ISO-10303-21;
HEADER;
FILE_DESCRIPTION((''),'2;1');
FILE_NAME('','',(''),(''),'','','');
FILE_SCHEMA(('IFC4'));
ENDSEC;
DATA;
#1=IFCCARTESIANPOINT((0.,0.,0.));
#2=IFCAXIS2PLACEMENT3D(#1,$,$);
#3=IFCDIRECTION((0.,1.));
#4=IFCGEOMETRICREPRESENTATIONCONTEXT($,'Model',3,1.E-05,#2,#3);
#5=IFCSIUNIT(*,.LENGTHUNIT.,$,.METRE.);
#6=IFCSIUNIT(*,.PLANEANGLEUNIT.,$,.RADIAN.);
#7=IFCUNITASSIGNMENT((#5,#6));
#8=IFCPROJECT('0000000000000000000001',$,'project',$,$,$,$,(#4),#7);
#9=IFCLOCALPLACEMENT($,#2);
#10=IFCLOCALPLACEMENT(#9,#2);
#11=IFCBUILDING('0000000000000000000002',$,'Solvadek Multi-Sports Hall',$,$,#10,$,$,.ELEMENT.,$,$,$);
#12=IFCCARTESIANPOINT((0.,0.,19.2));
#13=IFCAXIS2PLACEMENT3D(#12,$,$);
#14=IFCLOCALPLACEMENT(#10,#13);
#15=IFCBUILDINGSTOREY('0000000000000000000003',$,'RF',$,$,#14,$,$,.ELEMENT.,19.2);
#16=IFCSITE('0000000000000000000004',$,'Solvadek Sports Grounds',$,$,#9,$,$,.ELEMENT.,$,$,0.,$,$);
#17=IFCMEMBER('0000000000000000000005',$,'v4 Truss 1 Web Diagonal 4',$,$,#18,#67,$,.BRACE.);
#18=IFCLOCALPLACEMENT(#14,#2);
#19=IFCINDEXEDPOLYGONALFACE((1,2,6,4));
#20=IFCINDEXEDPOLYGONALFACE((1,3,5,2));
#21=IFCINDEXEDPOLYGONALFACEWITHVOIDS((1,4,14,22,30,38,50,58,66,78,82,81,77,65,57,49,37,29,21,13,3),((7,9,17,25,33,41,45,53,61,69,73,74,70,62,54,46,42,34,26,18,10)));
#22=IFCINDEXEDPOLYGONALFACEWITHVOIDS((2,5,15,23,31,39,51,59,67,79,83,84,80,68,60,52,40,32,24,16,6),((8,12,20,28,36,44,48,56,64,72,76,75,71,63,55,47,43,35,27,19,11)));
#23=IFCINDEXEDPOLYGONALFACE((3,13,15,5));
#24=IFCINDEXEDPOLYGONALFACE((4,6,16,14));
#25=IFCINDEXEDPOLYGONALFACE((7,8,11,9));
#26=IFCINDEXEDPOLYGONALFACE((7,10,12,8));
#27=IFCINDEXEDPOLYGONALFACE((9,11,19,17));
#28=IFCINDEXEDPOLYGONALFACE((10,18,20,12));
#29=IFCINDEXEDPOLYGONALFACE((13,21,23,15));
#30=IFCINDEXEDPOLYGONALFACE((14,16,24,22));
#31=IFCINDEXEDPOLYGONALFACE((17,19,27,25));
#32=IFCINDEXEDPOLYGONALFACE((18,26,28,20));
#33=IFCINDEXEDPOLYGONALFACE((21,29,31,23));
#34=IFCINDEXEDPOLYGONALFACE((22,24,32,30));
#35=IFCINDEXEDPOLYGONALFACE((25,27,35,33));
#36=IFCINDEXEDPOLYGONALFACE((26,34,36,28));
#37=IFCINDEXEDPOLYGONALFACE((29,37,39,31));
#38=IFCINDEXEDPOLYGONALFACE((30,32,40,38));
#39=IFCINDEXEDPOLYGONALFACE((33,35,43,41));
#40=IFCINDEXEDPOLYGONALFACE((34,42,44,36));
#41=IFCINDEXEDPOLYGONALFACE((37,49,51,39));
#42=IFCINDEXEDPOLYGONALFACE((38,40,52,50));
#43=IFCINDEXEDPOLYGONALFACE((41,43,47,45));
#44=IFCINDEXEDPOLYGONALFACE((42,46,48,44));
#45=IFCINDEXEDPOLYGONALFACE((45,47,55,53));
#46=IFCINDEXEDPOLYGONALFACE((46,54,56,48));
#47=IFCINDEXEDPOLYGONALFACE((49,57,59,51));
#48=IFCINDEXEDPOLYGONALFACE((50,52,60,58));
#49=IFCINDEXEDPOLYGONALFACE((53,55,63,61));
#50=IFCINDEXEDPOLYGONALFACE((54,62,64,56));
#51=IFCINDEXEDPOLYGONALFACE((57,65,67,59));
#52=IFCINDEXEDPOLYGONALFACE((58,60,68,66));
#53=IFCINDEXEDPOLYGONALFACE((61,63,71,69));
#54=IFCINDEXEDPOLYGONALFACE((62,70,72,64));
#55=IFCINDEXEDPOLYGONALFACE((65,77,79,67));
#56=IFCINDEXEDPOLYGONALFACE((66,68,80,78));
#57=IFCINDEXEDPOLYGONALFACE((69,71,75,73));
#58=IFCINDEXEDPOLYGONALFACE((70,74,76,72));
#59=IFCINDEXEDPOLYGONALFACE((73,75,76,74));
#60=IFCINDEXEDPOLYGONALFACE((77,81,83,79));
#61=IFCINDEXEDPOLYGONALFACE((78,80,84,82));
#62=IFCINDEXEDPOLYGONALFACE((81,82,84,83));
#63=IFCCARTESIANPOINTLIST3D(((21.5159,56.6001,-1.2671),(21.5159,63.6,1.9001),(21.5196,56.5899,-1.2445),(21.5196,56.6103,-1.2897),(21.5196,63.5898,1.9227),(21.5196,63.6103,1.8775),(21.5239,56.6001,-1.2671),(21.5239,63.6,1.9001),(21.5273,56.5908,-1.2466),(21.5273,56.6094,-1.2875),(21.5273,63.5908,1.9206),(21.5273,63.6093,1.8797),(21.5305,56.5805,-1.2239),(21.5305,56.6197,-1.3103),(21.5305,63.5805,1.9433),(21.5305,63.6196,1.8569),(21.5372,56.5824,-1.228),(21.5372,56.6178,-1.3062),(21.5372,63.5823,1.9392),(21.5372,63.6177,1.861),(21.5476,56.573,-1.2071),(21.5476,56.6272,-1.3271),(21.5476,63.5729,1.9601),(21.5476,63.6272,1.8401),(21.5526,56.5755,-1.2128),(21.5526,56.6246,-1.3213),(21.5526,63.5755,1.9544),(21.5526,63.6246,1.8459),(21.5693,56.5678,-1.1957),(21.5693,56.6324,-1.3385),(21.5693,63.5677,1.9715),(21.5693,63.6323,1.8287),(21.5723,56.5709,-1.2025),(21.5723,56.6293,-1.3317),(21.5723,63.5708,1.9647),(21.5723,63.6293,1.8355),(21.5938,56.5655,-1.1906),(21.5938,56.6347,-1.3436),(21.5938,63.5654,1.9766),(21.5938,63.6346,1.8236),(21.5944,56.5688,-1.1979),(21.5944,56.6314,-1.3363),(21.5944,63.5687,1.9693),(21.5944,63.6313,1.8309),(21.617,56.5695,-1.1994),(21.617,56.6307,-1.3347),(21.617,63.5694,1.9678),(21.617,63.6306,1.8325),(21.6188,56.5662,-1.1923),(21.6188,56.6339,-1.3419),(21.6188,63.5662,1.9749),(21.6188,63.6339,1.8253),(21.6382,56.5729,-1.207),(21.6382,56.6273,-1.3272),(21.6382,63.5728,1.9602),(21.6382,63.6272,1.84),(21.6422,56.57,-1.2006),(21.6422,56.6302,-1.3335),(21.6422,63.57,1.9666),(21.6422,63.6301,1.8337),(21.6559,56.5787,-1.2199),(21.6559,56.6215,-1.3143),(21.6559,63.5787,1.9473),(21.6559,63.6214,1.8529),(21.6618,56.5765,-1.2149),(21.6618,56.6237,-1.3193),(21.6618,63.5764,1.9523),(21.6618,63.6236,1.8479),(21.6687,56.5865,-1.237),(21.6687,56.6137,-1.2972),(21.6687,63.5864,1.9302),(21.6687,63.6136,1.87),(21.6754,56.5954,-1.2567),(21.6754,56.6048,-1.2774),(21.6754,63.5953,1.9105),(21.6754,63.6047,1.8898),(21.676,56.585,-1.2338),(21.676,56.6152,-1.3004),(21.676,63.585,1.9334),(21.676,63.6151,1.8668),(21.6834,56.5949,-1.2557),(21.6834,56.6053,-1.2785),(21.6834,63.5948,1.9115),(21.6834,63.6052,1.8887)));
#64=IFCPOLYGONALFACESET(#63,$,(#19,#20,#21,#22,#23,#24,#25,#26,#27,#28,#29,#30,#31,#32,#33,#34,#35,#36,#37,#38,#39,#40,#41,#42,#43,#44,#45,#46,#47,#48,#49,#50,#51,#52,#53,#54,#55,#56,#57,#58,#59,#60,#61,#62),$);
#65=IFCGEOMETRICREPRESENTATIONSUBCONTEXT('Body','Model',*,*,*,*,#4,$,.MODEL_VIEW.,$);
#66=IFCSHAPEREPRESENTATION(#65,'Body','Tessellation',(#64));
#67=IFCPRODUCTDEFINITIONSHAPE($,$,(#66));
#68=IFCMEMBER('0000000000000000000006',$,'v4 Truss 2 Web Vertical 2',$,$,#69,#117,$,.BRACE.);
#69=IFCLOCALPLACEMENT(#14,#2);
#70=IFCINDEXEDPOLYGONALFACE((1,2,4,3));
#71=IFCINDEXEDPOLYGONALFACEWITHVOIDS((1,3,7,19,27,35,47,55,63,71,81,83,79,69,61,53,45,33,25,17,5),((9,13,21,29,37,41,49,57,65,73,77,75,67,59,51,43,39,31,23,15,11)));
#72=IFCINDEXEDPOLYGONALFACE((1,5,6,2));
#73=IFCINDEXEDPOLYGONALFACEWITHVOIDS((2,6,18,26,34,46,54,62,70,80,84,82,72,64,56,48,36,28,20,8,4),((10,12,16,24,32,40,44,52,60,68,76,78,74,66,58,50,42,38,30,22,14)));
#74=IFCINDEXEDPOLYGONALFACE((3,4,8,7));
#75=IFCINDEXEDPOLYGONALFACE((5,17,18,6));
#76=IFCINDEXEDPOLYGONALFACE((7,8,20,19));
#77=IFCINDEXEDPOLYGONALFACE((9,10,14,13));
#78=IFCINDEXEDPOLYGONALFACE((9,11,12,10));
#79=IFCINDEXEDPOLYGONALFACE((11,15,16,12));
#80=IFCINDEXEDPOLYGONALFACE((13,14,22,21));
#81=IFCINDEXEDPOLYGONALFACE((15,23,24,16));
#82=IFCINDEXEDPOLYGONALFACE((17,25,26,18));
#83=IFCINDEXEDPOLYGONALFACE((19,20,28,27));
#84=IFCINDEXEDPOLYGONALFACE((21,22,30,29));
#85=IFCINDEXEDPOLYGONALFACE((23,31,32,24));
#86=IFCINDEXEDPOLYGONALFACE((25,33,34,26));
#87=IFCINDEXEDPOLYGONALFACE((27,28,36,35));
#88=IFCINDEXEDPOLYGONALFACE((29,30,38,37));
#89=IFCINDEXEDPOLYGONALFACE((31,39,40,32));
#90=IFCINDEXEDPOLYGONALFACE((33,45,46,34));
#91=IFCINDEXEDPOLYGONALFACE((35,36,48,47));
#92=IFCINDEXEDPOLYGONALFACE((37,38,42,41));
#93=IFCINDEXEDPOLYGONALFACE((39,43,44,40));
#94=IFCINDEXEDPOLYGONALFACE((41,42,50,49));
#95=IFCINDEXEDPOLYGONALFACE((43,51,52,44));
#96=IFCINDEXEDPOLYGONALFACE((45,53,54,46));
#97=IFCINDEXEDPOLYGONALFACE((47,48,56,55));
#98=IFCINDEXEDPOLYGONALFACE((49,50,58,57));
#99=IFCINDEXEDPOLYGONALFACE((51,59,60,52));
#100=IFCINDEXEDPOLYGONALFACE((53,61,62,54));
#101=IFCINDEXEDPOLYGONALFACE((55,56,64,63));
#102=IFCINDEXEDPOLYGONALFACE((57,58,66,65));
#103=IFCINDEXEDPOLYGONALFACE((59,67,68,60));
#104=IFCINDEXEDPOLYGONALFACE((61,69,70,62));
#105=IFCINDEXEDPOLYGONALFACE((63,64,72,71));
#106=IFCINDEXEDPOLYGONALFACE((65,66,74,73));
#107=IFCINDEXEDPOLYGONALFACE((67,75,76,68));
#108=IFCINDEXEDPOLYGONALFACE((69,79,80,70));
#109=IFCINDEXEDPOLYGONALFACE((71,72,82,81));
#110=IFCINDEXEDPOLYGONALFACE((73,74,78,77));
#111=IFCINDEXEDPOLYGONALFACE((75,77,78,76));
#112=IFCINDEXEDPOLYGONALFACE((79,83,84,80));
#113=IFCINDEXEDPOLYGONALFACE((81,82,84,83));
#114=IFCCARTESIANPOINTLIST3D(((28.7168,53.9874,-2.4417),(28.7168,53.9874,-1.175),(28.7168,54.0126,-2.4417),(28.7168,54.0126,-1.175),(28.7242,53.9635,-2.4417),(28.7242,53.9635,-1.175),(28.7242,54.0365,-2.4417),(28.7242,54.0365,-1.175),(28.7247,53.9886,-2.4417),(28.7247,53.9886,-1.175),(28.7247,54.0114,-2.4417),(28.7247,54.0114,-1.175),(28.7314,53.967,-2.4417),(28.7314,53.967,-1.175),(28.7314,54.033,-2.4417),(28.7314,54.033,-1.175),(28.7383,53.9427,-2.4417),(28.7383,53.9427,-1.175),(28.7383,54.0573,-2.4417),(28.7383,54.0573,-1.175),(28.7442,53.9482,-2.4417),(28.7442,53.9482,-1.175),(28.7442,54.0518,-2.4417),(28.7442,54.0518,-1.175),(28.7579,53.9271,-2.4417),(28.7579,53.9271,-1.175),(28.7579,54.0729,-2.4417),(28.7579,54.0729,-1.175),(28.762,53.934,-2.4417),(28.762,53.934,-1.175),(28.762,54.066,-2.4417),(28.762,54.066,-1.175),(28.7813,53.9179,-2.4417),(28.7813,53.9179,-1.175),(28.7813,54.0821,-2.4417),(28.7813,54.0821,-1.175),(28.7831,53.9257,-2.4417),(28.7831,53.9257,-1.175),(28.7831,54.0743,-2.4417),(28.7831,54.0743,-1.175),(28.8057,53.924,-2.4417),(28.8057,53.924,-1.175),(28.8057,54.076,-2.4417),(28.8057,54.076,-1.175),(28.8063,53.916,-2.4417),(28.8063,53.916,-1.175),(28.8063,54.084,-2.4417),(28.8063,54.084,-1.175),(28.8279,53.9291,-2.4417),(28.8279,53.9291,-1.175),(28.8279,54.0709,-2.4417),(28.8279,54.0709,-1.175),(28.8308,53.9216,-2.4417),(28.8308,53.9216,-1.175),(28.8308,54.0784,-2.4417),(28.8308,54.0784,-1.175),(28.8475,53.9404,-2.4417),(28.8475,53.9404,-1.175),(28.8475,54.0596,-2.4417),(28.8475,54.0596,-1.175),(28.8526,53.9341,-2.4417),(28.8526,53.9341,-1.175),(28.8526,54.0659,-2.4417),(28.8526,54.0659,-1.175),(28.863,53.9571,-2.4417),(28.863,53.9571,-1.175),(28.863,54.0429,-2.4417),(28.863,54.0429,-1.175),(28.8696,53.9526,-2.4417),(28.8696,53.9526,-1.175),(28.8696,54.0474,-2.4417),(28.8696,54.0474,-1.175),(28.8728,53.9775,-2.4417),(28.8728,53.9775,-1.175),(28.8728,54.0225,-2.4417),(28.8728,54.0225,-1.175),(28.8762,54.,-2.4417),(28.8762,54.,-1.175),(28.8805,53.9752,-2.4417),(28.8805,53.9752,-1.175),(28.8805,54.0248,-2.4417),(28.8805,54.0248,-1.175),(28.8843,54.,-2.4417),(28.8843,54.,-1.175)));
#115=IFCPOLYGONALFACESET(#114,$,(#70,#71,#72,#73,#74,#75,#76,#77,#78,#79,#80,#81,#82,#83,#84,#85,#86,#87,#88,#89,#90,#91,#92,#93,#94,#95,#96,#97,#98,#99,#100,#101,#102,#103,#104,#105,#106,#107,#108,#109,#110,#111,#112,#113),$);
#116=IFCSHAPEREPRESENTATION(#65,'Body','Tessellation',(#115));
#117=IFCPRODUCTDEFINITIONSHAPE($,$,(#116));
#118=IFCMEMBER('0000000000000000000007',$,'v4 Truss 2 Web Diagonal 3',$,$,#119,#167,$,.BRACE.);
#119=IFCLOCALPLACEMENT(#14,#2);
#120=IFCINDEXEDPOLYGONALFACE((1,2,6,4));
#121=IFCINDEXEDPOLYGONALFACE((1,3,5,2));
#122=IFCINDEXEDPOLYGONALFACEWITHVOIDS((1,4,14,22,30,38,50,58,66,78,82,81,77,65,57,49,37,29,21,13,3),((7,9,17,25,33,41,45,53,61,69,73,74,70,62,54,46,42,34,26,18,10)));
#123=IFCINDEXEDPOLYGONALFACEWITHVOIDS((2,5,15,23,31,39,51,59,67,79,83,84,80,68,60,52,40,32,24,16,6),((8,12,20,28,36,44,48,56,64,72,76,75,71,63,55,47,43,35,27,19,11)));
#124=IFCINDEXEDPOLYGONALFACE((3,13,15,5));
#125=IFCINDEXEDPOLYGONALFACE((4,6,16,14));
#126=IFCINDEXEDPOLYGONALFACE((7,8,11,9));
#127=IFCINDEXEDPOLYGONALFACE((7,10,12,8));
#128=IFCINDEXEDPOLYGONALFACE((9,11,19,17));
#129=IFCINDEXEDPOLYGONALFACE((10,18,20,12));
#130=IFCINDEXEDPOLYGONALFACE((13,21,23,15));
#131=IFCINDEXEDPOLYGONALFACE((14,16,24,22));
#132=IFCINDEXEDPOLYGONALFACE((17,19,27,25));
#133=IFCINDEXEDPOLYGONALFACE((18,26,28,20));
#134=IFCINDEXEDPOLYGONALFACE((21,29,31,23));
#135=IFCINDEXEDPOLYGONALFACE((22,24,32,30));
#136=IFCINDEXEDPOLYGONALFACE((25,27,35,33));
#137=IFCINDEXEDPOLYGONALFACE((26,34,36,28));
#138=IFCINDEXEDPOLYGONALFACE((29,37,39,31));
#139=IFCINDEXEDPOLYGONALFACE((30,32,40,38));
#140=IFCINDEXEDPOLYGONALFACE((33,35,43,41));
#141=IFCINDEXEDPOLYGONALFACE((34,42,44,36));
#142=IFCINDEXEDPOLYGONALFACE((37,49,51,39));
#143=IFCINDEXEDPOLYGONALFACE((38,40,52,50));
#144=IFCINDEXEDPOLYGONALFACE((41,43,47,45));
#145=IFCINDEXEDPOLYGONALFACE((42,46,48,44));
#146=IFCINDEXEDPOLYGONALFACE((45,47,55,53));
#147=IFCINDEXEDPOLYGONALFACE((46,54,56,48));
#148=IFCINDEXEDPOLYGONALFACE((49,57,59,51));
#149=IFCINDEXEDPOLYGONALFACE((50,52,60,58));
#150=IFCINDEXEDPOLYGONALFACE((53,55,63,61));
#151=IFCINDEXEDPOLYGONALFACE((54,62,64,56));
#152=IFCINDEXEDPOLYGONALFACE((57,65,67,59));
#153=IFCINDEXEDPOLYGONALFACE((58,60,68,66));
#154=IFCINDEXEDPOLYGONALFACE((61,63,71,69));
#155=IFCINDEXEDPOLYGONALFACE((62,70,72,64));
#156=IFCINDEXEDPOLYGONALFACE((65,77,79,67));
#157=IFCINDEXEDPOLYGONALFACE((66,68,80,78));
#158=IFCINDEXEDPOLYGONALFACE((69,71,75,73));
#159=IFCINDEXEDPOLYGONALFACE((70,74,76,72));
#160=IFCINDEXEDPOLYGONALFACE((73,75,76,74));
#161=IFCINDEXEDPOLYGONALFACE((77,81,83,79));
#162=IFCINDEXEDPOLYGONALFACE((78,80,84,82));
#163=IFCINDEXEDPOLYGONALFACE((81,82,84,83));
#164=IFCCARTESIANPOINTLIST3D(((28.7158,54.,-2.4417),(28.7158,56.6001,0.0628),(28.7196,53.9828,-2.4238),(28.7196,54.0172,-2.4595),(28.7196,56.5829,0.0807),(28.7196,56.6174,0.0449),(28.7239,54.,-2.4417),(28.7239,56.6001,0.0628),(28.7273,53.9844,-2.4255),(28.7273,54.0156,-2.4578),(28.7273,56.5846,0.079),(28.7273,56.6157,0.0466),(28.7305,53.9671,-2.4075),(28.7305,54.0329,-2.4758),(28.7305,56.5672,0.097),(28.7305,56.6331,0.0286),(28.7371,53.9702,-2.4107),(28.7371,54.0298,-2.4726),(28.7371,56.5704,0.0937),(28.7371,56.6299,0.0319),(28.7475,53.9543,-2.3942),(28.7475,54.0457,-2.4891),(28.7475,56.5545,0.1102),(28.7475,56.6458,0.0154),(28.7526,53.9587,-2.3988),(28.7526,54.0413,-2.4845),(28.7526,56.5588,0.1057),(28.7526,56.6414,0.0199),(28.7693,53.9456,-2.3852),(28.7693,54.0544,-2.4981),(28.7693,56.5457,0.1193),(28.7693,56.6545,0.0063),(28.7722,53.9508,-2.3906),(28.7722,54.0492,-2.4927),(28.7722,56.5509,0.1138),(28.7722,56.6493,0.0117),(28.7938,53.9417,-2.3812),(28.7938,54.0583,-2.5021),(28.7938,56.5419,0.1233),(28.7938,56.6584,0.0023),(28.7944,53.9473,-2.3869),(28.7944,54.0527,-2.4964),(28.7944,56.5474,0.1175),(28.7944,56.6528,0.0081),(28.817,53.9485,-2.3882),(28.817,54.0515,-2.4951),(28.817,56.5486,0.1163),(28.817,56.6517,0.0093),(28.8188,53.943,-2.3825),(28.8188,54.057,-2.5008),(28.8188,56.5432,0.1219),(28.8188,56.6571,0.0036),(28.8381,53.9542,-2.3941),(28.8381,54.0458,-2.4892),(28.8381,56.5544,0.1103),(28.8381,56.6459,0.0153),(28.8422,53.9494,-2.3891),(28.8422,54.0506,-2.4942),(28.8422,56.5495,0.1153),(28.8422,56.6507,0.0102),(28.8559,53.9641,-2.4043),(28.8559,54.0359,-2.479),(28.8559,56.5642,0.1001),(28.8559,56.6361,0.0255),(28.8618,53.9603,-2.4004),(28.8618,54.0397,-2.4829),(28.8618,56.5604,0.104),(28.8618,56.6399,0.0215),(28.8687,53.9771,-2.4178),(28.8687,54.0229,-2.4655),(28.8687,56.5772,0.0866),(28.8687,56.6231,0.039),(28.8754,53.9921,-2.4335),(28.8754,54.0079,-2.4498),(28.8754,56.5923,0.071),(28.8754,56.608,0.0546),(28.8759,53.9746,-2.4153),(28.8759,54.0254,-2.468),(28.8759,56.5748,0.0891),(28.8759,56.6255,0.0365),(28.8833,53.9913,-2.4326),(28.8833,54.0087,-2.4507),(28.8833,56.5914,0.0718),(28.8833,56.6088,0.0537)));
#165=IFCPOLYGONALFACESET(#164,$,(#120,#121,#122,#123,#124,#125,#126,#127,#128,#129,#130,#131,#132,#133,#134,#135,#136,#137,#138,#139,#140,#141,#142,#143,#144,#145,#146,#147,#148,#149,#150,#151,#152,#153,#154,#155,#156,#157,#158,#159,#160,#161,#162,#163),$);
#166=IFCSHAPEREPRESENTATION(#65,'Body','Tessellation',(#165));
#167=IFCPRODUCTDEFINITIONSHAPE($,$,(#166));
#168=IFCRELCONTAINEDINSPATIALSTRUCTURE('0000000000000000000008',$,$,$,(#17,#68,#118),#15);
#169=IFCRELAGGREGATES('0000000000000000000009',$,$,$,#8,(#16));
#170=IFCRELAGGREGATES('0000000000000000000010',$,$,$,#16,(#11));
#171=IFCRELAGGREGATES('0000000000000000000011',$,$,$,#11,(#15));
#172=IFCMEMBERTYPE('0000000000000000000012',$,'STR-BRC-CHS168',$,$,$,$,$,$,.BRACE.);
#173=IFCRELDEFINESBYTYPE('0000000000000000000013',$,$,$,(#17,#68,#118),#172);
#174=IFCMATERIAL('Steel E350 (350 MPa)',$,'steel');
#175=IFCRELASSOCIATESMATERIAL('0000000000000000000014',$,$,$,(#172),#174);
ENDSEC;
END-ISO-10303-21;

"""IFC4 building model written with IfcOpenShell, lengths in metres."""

from ifc_helpers import new_model, si_unit, direction, frame, origin, origin_2d, place, context, subcontext, project, spatial, hollow_circle, extrude, material, material_profile, profile_set, type_object, element, save


model = new_model("IFC4")

# Units and contexts
model_context = context("Model", 3, precision=1e-05, world=origin(), true_north=direction((0.0, 1.0)))
body_context = subcontext(model_context, "Body", "Model", "MODEL_VIEW")
ifc_project = project(units=[si_unit("LENGTHUNIT", "METRE"), si_unit("PLANEANGLEUNIT", "RADIAN")], contexts=[model_context])

# Site, building, storey
site_placement = place(None, origin())
site = spatial("IfcSite", under=ifc_project, at=site_placement, Name="Solvadek Sports Grounds", CompositionType="ELEMENT", RefElevation=0.0)
building_placement = place(site_placement, origin())
building = spatial("IfcBuilding", under=site, at=building_placement, Name="Solvadek Multi-Sports Hall", CompositionType="ELEMENT")
storey_placement = place(building_placement, frame((0.0, 0.0, 19.2)))
storey = spatial("IfcBuildingStorey", under=building, at=storey_placement, Name="RF", CompositionType="ELEMENT", Elevation=19.2)

# Members
ifc_material_1 = material(Name="Steel E350 (350 MPa)", Category="steel")
ifc_material_profile_1 = material_profile(ifc_material_1, hollow_circle(Radius=0.0842, WallThickness=0.0081, at=origin_2d()), Name="CHS 168.3x8")
ifc_profile_set_1 = profile_set([ifc_material_profile_1], Name="Steel E350 (350 MPa)")
member_type_1 = type_object("IfcMemberType", Name="STR-BRC-CHS168", PredefinedType="BRACE", material=ifc_profile_set_1)
member_1_placement = place(storey_placement, frame((21.6001, 56.6001, -1.2671), z_axis=(0.0, 0.91108, 0.412229), x_axis=(-1.0, 0.0, 0.0)))
element("IfcMember", 1, at=member_1_placement, inside=storey, type_object=member_type_1, Name="v4 Truss 1 Web Diagonal 4", PredefinedType="BRACE", context=body_context, shape_type="SweptSolid", body=[
    extrude(hollow_circle(Radius=0.0842, WallThickness=0.0081, at=origin_2d()), origin(), (0.0, 0.0, 1.0), 7.6831),
])
member_2_placement = place(storey_placement, frame((28.8, 54.0, -2.4417), z_axis=(0.0, 0.0, 1.0), x_axis=(1.0, 0.0, 0.0)))
element("IfcMember", 2, at=member_2_placement, inside=storey, type_object=member_type_1, Name="v4 Truss 2 Web Vertical 2", PredefinedType="BRACE", context=body_context, shape_type="SweptSolid", body=[
    extrude(hollow_circle(Radius=0.0842, WallThickness=0.0081, at=origin_2d()), origin(), (0.0, 0.0, 1.0), 1.2666),
])
member_3_placement = place(storey_placement, frame((28.8, 54.0, -2.4417), z_axis=(0.0, 0.720238, 0.693727), x_axis=(-1.0, 0.0, 0.0)))
element("IfcMember", 3, at=member_3_placement, inside=storey, type_object=member_type_1, Name="v4 Truss 2 Web Diagonal 3", PredefinedType="BRACE", context=body_context, shape_type="SweptSolid", body=[
    extrude(hollow_circle(Radius=0.0842, WallThickness=0.0081, at=origin_2d()), origin(), (0.0, 0.0, 1.0), 3.6101),
])

save(model, "model.ifc")
